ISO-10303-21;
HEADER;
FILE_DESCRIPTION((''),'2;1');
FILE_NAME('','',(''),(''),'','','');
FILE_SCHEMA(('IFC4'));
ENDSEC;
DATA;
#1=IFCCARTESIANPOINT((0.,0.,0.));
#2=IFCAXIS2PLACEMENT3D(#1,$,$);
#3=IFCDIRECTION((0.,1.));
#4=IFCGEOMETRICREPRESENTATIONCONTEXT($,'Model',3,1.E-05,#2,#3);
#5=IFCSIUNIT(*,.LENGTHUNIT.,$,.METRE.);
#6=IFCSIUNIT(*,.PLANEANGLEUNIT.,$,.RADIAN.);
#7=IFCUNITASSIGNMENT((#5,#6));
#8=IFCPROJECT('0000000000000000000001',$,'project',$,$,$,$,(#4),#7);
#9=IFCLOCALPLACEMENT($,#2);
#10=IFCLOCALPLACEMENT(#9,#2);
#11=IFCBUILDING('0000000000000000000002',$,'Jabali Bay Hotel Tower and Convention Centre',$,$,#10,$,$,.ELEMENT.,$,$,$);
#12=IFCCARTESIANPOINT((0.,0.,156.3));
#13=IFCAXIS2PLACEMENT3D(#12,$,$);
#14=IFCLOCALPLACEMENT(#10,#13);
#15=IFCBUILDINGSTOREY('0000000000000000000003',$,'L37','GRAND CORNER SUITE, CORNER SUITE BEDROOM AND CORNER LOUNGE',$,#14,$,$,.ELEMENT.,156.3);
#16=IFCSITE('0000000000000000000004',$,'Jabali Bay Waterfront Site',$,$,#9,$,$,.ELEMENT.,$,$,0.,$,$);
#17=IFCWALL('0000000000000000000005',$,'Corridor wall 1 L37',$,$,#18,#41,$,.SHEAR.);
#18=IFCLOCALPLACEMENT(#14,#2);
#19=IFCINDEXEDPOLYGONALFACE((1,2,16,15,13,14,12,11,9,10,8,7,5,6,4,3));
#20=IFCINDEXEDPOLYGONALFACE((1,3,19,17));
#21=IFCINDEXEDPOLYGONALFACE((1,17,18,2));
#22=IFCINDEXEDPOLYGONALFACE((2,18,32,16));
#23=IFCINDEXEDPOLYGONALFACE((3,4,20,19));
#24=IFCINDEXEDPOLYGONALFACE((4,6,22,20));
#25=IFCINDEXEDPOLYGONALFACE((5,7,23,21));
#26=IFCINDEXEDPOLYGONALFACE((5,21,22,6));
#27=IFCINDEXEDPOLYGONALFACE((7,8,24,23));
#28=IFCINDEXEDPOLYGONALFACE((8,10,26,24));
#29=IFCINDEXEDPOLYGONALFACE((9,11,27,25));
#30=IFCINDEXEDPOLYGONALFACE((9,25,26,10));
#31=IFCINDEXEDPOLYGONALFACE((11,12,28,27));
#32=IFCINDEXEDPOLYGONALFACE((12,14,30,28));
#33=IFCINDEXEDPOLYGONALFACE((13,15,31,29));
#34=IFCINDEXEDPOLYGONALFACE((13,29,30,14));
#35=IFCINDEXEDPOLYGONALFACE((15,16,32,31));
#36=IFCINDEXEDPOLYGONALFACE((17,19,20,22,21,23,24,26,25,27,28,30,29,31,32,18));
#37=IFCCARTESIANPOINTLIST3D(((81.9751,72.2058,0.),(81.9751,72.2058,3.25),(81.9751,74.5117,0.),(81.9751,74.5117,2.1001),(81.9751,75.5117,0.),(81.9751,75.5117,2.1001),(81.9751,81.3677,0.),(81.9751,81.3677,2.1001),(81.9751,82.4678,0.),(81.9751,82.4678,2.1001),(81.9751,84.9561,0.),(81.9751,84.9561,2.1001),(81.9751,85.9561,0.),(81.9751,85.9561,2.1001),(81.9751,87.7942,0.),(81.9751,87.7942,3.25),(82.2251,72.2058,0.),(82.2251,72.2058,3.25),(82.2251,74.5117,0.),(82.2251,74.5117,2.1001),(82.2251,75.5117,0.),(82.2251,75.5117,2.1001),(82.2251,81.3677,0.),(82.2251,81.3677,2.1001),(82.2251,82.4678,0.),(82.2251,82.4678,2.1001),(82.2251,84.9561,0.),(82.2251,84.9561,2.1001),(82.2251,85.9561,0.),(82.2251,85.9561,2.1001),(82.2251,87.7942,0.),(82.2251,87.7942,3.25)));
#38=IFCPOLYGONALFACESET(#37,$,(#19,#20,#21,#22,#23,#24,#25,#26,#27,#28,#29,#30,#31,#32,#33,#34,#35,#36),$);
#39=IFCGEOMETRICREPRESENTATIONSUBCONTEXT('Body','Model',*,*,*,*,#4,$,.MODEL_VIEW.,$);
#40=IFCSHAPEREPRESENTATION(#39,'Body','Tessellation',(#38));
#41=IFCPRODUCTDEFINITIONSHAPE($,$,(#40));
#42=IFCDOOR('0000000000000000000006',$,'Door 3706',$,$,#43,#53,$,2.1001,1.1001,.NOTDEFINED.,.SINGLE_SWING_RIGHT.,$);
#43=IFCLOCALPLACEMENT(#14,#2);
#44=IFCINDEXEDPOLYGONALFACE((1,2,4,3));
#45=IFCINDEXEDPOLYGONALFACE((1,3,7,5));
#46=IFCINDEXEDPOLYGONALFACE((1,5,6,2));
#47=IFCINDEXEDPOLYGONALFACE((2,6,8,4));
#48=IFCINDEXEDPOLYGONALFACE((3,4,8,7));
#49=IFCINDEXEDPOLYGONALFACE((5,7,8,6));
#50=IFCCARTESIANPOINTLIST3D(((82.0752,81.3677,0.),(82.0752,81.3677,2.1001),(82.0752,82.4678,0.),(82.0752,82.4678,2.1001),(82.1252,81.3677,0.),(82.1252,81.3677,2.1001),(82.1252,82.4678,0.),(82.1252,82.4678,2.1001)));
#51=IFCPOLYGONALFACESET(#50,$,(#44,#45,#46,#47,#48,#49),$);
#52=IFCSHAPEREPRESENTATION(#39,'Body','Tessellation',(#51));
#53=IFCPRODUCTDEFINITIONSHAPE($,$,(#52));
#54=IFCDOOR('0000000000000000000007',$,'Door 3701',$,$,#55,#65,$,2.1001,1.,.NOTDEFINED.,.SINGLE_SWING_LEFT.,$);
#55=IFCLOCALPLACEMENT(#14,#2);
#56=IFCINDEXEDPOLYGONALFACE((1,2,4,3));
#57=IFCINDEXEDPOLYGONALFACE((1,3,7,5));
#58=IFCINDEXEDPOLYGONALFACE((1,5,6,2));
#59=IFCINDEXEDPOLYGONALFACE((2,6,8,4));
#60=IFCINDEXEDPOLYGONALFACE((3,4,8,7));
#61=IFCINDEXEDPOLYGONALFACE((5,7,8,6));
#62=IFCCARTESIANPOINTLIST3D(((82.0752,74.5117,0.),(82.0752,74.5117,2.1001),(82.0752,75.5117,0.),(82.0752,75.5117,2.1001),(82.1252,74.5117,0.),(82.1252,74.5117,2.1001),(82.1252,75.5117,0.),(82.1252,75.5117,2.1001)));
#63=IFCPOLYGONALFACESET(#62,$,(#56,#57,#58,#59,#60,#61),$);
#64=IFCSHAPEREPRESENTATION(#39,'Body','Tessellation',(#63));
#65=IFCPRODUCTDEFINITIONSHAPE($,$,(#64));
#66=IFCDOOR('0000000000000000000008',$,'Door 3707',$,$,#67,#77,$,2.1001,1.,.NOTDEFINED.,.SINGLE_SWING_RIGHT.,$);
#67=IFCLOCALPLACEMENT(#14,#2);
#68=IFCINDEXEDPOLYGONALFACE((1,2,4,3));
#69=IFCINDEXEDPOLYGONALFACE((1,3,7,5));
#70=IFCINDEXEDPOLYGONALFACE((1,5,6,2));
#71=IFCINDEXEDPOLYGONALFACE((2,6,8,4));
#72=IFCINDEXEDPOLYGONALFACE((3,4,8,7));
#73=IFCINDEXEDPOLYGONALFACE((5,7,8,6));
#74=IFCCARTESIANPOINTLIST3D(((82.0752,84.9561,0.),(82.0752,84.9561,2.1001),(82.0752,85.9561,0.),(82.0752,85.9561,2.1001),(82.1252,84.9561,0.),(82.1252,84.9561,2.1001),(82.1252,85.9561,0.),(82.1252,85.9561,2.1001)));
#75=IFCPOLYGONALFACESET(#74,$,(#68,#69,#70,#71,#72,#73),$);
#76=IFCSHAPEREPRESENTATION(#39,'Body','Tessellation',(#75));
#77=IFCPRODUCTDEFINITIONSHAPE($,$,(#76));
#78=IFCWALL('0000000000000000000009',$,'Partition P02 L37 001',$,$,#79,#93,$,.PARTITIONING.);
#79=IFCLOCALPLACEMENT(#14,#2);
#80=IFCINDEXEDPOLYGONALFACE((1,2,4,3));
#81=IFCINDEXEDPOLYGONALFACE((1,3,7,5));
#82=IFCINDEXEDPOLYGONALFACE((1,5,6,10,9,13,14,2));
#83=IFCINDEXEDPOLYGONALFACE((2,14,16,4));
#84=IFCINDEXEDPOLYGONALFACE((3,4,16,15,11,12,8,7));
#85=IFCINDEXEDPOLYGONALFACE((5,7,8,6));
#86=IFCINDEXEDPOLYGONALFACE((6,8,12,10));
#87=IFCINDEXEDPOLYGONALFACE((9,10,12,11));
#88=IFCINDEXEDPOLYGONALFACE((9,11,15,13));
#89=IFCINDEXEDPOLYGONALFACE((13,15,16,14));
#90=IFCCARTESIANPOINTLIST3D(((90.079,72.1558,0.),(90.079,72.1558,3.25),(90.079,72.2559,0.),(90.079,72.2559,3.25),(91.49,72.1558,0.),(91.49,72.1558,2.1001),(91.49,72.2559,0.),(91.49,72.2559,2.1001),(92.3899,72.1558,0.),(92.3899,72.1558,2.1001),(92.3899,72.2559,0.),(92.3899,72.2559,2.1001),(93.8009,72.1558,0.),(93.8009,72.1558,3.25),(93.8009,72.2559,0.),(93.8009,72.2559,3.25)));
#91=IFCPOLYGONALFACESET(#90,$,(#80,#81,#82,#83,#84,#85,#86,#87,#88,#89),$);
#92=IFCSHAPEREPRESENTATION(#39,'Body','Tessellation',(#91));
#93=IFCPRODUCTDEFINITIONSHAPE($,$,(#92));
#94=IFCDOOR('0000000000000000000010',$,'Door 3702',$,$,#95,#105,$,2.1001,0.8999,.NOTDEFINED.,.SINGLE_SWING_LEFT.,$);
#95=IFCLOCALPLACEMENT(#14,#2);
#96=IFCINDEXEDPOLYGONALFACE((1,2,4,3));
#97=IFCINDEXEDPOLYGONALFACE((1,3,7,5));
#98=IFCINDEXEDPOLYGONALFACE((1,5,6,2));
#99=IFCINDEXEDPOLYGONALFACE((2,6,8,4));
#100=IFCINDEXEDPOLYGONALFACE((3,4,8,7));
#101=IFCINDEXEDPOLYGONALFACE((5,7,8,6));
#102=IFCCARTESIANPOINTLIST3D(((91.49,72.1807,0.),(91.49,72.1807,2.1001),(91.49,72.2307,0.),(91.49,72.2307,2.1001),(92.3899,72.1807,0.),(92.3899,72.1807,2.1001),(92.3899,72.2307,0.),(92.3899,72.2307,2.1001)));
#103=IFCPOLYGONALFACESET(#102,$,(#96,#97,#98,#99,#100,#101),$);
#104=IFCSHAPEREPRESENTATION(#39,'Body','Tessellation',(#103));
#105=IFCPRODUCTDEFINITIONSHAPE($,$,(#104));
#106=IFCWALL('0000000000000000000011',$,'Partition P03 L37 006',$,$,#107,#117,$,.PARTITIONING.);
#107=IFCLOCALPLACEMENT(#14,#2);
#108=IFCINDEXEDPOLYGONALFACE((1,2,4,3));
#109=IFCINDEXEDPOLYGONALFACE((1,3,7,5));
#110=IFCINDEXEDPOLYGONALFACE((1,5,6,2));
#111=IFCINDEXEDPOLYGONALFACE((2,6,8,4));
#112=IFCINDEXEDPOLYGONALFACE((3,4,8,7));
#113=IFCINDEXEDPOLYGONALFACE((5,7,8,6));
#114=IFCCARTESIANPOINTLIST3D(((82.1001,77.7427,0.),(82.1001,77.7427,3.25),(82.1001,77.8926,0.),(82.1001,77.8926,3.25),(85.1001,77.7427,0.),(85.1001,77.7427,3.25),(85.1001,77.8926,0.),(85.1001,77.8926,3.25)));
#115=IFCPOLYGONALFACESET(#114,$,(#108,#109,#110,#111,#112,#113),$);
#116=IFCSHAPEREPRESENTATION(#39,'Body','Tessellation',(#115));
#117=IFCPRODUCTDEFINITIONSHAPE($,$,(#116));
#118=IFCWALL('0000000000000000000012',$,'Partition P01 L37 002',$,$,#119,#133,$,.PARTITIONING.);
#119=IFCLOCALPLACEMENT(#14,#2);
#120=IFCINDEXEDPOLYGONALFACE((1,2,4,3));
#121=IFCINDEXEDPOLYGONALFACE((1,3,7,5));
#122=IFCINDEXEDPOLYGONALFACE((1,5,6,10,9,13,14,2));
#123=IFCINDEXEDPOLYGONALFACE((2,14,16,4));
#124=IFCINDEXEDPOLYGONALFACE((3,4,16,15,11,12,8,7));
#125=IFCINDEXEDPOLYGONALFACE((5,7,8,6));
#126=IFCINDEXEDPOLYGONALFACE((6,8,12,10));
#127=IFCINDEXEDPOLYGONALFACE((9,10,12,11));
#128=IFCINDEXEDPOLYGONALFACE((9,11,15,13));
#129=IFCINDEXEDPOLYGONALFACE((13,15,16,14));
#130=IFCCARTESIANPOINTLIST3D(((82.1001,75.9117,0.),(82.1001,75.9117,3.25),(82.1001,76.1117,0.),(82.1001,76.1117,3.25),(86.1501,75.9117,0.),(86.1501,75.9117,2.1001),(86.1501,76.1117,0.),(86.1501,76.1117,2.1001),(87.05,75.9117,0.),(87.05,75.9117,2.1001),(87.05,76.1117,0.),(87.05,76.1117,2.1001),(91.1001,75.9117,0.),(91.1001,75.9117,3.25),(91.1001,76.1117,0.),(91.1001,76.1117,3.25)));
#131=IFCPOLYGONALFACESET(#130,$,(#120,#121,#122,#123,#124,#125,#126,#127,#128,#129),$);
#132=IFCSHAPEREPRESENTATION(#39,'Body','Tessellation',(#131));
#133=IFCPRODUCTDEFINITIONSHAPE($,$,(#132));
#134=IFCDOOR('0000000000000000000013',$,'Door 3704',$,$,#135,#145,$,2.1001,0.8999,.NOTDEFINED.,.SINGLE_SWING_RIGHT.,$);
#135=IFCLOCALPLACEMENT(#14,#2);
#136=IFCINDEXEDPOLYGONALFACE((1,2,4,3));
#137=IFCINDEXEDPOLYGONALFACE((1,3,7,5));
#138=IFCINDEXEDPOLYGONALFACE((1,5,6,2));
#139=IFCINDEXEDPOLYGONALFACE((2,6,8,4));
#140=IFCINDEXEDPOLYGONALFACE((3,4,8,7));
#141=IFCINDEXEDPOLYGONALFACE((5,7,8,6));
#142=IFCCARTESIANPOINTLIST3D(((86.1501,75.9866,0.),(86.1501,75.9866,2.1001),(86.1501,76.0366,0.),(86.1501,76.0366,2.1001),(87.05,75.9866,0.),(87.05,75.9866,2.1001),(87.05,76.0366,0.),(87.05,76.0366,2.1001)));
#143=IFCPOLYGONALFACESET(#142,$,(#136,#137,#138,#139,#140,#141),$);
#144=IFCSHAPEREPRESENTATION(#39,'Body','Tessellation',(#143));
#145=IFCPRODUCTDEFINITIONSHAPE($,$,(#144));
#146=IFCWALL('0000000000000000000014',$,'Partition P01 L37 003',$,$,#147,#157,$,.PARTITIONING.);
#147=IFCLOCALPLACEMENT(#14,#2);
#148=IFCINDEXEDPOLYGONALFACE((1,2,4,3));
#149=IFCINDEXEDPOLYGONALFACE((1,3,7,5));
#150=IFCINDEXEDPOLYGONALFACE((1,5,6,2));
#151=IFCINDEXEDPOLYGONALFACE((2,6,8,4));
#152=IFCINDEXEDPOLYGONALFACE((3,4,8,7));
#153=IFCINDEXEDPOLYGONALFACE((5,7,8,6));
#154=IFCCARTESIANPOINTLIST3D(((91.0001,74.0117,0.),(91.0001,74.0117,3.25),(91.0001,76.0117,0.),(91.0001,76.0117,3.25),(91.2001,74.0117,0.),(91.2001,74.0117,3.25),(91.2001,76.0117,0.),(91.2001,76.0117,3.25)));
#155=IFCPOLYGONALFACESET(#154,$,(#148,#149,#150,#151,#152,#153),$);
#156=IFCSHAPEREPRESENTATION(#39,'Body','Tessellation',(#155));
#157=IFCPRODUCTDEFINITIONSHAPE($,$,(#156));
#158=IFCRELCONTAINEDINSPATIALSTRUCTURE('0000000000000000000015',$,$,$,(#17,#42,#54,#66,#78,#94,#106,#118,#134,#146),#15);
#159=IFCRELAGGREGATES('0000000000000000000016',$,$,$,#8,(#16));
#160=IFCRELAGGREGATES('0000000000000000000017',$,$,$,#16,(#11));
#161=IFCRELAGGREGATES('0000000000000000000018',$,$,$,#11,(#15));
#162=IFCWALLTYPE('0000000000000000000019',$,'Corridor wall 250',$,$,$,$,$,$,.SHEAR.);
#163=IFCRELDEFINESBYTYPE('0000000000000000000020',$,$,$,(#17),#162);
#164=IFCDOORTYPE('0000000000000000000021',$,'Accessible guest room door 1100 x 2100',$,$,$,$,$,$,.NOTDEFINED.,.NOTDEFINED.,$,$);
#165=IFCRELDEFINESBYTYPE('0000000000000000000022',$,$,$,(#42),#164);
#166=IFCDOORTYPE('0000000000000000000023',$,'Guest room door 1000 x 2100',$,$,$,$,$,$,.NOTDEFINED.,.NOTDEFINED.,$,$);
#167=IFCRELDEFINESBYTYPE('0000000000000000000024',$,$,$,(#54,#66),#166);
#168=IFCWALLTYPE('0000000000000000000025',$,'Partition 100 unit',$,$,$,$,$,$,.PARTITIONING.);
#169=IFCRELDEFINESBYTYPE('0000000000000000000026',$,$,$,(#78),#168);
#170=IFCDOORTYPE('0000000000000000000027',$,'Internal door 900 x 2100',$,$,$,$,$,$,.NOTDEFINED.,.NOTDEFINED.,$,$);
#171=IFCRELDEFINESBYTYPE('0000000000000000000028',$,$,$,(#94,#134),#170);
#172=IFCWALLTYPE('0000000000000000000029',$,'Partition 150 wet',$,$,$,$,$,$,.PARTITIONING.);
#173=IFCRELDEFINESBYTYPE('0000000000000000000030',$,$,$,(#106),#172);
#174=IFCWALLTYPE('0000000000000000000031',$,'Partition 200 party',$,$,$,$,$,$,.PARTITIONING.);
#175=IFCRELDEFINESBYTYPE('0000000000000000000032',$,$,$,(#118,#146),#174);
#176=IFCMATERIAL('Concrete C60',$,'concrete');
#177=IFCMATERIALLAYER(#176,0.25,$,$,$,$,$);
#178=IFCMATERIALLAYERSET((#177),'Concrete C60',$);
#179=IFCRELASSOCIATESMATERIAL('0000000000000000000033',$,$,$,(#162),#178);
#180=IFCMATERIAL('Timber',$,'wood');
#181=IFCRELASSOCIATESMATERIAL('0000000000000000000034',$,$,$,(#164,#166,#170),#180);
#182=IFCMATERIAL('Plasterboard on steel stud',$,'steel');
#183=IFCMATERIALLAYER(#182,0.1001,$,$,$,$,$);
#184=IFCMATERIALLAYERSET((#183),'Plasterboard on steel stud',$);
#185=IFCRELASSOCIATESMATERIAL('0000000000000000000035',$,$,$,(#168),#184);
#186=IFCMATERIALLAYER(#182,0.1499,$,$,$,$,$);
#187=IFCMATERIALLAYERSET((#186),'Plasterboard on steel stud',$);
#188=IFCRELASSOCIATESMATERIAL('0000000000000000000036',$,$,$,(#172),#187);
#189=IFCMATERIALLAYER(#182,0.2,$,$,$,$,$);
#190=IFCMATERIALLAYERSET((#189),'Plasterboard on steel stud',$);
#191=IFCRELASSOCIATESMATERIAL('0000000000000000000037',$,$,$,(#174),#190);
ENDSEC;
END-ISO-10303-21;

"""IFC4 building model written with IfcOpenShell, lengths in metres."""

from ifc_helpers import new_model, si_unit, direction, frame, frame_2d, origin, place, context, subcontext, project, spatial, rectangle, extrude, material, layer, layer_set, type_object, element, fill, save


model = new_model("IFC4")

# Units and contexts
model_context = context("Model", 3, precision=1e-05, world=origin(), true_north=direction((0.0, 1.0)))
body_context = subcontext(model_context, "Body", "Model", "MODEL_VIEW")
ifc_project = project(units=[si_unit("LENGTHUNIT", "METRE"), si_unit("PLANEANGLEUNIT", "RADIAN")], contexts=[model_context])

# Site, building, storey
site_placement = place(None, origin())
site = spatial("IfcSite", under=ifc_project, at=site_placement, Name="Jabali Bay Waterfront Site", CompositionType="ELEMENT", RefElevation=0.0)
building_placement = place(site_placement, origin())
building = spatial("IfcBuilding", under=site, at=building_placement, Name="Jabali Bay Hotel Tower and Convention Centre", CompositionType="ELEMENT")
storey_placement = place(building_placement, frame((0.0, 0.0, 156.3)))
storey = spatial("IfcBuildingStorey", under=building, at=storey_placement, Name="L37", Description="GRAND CORNER SUITE, CORNER SUITE BEDROOM AND CORNER LOUNGE", CompositionType="ELEMENT", Elevation=156.3)

# Shared definitions
ifc_material_1 = material(Name="Concrete C60", Category="concrete")

# Wall, openings, doors
ifc_layer_1 = layer(ifc_material_1, 0.25)
ifc_layer_set_1 = layer_set([ifc_layer_1], Name="Concrete C60")
wall_type_1 = type_object("IfcWallType", Name="Corridor wall 250", PredefinedType="SHEAR", material=ifc_layer_set_1)
wall_1_placement = place(storey_placement, frame((82.1001, 72.2058, 0.0), z_axis=(0.0, 0.0, 1.0), x_axis=(0.0, 1.0, 0.0)))
wall_1 = element("IfcWall", 1, at=wall_1_placement, inside=storey, type_object=wall_type_1, Name="Corridor wall 1 L37", PredefinedType="SHEAR", context=body_context, shape_type="SweptSolid", body=[
    extrude(rectangle(XDim=15.5884, YDim=0.25, at=frame_2d((7.7942, 0.0))), origin(), (0.0, 0.0, 1.0), 3.25),
])
opening_1_placement = place(wall_1_placement, frame((2.3059, 0.0, 0.0)))
opening_1 = element("IfcOpeningElement", 2, at=opening_1_placement, cuts=wall_1, PredefinedType="OPENING", context=body_context, shape_type="SweptSolid", body=[
    extrude(rectangle(XDim=1.0, YDim=2.1001, at=frame_2d((0.5, 1.05))), frame((0.0, 0.1355, 0.0), z_axis=(0.0, -1.0, 0.0), x_axis=(1.0, 0.0, 0.0)), (0.0, 0.0, 1.0), 0.271),
])
opening_2_placement = place(wall_1_placement, frame((9.1619, 0.0, 0.0)))
opening_2 = element("IfcOpeningElement", 3, at=opening_2_placement, cuts=wall_1, PredefinedType="OPENING", context=body_context, shape_type="SweptSolid", body=[
    extrude(rectangle(XDim=1.1001, YDim=2.1001, at=frame_2d((0.55, 1.05))), frame((0.0, 0.1355, 0.0), z_axis=(0.0, -1.0, 0.0), x_axis=(1.0, 0.0, 0.0)), (0.0, 0.0, 1.0), 0.271),
])
opening_3_placement = place(wall_1_placement, frame((12.7502, 0.0, 0.0)))
opening_3 = element("IfcOpeningElement", 4, at=opening_3_placement, cuts=wall_1, PredefinedType="OPENING", context=body_context, shape_type="SweptSolid", body=[
    extrude(rectangle(XDim=1.0, YDim=2.1001, at=frame_2d((0.5, 1.05))), frame((0.0, 0.1355, 0.0), z_axis=(0.0, -1.0, 0.0), x_axis=(1.0, 0.0, 0.0)), (0.0, 0.0, 1.0), 0.271),
])
ifc_material_2 = material(Name="Timber", Category="wood")
door_type_1 = type_object("IfcDoorType", Name="Accessible guest room door 1100 x 2100", OperationType="NOTDEFINED", PredefinedType="NOTDEFINED", material=ifc_material_2)
door_1_placement = place(opening_2_placement, origin())
door_1 = element("IfcDoor", 5, at=door_1_placement, inside=storey, type_object=door_type_1, Name="Door 3706", OperationType="SINGLE_SWING_RIGHT", OverallHeight=2.1001, OverallWidth=1.1001, PredefinedType="NOTDEFINED", context=body_context, shape_type="SweptSolid", body=[
    extrude(rectangle(XDim=1.1001, YDim=2.1001, at=frame_2d((0.55, 1.05))), frame((0.0, 0.0249, 0.0), z_axis=(0.0, -1.0, 0.0), x_axis=(1.0, 0.0, 0.0)), (0.0, 0.0, 1.0), 0.05),
])
fill(opening_2, door_1)
door_type_2 = type_object("IfcDoorType", Name="Guest room door 1000 x 2100", OperationType="NOTDEFINED", PredefinedType="NOTDEFINED", material=ifc_material_2)
door_2_placement = place(opening_1_placement, origin())
door_2 = element("IfcDoor", 6, at=door_2_placement, inside=storey, type_object=door_type_2, Name="Door 3701", OperationType="SINGLE_SWING_LEFT", OverallHeight=2.1001, OverallWidth=1.0, PredefinedType="NOTDEFINED", context=body_context, shape_type="SweptSolid", body=[
    extrude(rectangle(XDim=1.0, YDim=2.1001, at=frame_2d((0.5, 1.05))), frame((0.0, 0.0249, 0.0), z_axis=(0.0, -1.0, 0.0), x_axis=(1.0, 0.0, 0.0)), (0.0, 0.0, 1.0), 0.05),
])
fill(opening_1, door_2)
door_3_placement = place(opening_3_placement, origin())
door_3 = element("IfcDoor", 7, at=door_3_placement, inside=storey, type_object=door_type_2, Name="Door 3707", OperationType="SINGLE_SWING_RIGHT", OverallHeight=2.1001, OverallWidth=1.0, PredefinedType="NOTDEFINED", context=body_context, shape_type="SweptSolid", body=[
    extrude(rectangle(XDim=1.0, YDim=2.1001, at=frame_2d((0.5, 1.05))), frame((0.0, 0.0249, 0.0), z_axis=(0.0, -1.0, 0.0), x_axis=(1.0, 0.0, 0.0)), (0.0, 0.0, 1.0), 0.05),
])
fill(opening_3, door_3)

# Wall, opening, door
ifc_material_3 = material(Name="Plasterboard on steel stud", Category="steel")
ifc_layer_2 = layer(ifc_material_3, 0.1001)
ifc_layer_set_2 = layer_set([ifc_layer_2], Name="Plasterboard on steel stud")
wall_type_2 = type_object("IfcWallType", Name="Partition 100 unit", PredefinedType="PARTITIONING", material=ifc_layer_set_2)
wall_2_placement = place(storey_placement, frame((90.0791, 72.2058, 0.0), z_axis=(0.0, 0.0, 1.0), x_axis=(1.0, 0.0, 0.0)))
wall_2 = element("IfcWall", 8, at=wall_2_placement, inside=storey, type_object=wall_type_2, Name="Partition P02 L37 001", PredefinedType="PARTITIONING", context=body_context, shape_type="SweptSolid", body=[
    extrude(rectangle(XDim=3.7219, YDim=0.1001, at=frame_2d((1.8608, 0.0))), origin(), (0.0, 0.0, 1.0), 3.25),
])
opening_4_placement = place(wall_2_placement, frame((1.4109, 0.0, 0.0)))
opening_4 = element("IfcOpeningElement", 9, at=opening_4_placement, cuts=wall_2, PredefinedType="OPENING", context=body_context, shape_type="SweptSolid", body=[
    extrude(rectangle(XDim=0.8999, YDim=2.1001, at=frame_2d((0.45, 1.05))), frame((0.0, 0.0605, 0.0), z_axis=(0.0, -1.0, 0.0), x_axis=(1.0, 0.0, 0.0)), (0.0, 0.0, 1.0), 0.1211),
])
door_type_3 = type_object("IfcDoorType", Name="Internal door 900 x 2100", OperationType="NOTDEFINED", PredefinedType="NOTDEFINED", material=ifc_material_2)
door_4_placement = place(opening_4_placement, origin())
door_4 = element("IfcDoor", 10, at=door_4_placement, inside=storey, type_object=door_type_3, Name="Door 3702", OperationType="SINGLE_SWING_LEFT", OverallHeight=2.1001, OverallWidth=0.8999, PredefinedType="NOTDEFINED", context=body_context, shape_type="SweptSolid", body=[
    extrude(rectangle(XDim=0.8999, YDim=2.1001, at=frame_2d((0.45, 1.05))), frame((0.0, 0.0249, 0.0), z_axis=(0.0, -1.0, 0.0), x_axis=(1.0, 0.0, 0.0)), (0.0, 0.0, 1.0), 0.05),
])
fill(opening_4, door_4)

# Wall
ifc_layer_3 = layer(ifc_material_3, 0.1499)
ifc_layer_set_3 = layer_set([ifc_layer_3], Name="Plasterboard on steel stud")
wall_type_3 = type_object("IfcWallType", Name="Partition 150 wet", PredefinedType="PARTITIONING", material=ifc_layer_set_3)
wall_3_placement = place(storey_placement, frame((85.1001, 77.8176, 0.0), z_axis=(0.0, 0.0, 1.0), x_axis=(-1.0, 0.0, 0.0)))
element("IfcWall", 11, at=wall_3_placement, inside=storey, type_object=wall_type_3, Name="Partition P03 L37 006", PredefinedType="PARTITIONING", context=body_context, shape_type="SweptSolid", body=[
    extrude(rectangle(XDim=3.0, YDim=0.1499, at=frame_2d((1.5, 0.0))), origin(), (0.0, 0.0, 1.0), 3.25),
])

# Wall, opening, door
ifc_layer_4 = layer(ifc_material_3, 0.2)
ifc_layer_set_4 = layer_set([ifc_layer_4], Name="Plasterboard on steel stud")
wall_type_4 = type_object("IfcWallType", Name="Partition 200 party", PredefinedType="PARTITIONING", material=ifc_layer_set_4)
wall_4_placement = place(storey_placement, frame((82.1001, 76.0117, 0.0), z_axis=(0.0, 0.0, 1.0), x_axis=(1.0, 0.0, 0.0)))
wall_4 = element("IfcWall", 12, at=wall_4_placement, inside=storey, type_object=wall_type_4, Name="Partition P01 L37 002", PredefinedType="PARTITIONING", context=body_context, shape_type="SweptSolid", body=[
    extrude(rectangle(XDim=9.0, YDim=0.2, at=frame_2d((4.5, 0.0))), origin(), (0.0, 0.0, 1.0), 3.25),
])
opening_5_placement = place(wall_4_placement, frame((4.05, 0.0, 0.0)))
opening_5 = element("IfcOpeningElement", 13, at=opening_5_placement, cuts=wall_4, PredefinedType="OPENING", context=body_context, shape_type="SweptSolid", body=[
    extrude(rectangle(XDim=0.8999, YDim=2.1001, at=frame_2d((0.45, 1.05))), frame((0.0, 0.1104, 0.0), z_axis=(0.0, -1.0, 0.0), x_axis=(1.0, 0.0, 0.0)), (0.0, 0.0, 1.0), 0.2209),
])
door_5_placement = place(opening_5_placement, origin())
door_5 = element("IfcDoor", 14, at=door_5_placement, inside=storey, type_object=door_type_3, Name="Door 3704", OperationType="SINGLE_SWING_RIGHT", OverallHeight=2.1001, OverallWidth=0.8999, PredefinedType="NOTDEFINED", context=body_context, shape_type="SweptSolid", body=[
    extrude(rectangle(XDim=0.8999, YDim=2.1001, at=frame_2d((0.45, 1.05))), frame((0.0, 0.0249, 0.0), z_axis=(0.0, -1.0, 0.0), x_axis=(1.0, 0.0, 0.0)), (0.0, 0.0, 1.0), 0.05),
])
fill(opening_5, door_5)

# Wall
wall_5_placement = place(storey_placement, frame((91.1001, 76.0117, 0.0), z_axis=(0.0, 0.0, 1.0), x_axis=(0.0, -1.0, 0.0)))
element("IfcWall", 15, at=wall_5_placement, inside=storey, type_object=wall_type_4, Name="Partition P01 L37 003", PredefinedType="PARTITIONING", context=body_context, shape_type="SweptSolid", body=[
    extrude(rectangle(XDim=2.0, YDim=0.2, at=frame_2d((1.0, 0.0))), origin(), (0.0, 0.0, 1.0), 3.25),
])

save(model, "model.ifc")
